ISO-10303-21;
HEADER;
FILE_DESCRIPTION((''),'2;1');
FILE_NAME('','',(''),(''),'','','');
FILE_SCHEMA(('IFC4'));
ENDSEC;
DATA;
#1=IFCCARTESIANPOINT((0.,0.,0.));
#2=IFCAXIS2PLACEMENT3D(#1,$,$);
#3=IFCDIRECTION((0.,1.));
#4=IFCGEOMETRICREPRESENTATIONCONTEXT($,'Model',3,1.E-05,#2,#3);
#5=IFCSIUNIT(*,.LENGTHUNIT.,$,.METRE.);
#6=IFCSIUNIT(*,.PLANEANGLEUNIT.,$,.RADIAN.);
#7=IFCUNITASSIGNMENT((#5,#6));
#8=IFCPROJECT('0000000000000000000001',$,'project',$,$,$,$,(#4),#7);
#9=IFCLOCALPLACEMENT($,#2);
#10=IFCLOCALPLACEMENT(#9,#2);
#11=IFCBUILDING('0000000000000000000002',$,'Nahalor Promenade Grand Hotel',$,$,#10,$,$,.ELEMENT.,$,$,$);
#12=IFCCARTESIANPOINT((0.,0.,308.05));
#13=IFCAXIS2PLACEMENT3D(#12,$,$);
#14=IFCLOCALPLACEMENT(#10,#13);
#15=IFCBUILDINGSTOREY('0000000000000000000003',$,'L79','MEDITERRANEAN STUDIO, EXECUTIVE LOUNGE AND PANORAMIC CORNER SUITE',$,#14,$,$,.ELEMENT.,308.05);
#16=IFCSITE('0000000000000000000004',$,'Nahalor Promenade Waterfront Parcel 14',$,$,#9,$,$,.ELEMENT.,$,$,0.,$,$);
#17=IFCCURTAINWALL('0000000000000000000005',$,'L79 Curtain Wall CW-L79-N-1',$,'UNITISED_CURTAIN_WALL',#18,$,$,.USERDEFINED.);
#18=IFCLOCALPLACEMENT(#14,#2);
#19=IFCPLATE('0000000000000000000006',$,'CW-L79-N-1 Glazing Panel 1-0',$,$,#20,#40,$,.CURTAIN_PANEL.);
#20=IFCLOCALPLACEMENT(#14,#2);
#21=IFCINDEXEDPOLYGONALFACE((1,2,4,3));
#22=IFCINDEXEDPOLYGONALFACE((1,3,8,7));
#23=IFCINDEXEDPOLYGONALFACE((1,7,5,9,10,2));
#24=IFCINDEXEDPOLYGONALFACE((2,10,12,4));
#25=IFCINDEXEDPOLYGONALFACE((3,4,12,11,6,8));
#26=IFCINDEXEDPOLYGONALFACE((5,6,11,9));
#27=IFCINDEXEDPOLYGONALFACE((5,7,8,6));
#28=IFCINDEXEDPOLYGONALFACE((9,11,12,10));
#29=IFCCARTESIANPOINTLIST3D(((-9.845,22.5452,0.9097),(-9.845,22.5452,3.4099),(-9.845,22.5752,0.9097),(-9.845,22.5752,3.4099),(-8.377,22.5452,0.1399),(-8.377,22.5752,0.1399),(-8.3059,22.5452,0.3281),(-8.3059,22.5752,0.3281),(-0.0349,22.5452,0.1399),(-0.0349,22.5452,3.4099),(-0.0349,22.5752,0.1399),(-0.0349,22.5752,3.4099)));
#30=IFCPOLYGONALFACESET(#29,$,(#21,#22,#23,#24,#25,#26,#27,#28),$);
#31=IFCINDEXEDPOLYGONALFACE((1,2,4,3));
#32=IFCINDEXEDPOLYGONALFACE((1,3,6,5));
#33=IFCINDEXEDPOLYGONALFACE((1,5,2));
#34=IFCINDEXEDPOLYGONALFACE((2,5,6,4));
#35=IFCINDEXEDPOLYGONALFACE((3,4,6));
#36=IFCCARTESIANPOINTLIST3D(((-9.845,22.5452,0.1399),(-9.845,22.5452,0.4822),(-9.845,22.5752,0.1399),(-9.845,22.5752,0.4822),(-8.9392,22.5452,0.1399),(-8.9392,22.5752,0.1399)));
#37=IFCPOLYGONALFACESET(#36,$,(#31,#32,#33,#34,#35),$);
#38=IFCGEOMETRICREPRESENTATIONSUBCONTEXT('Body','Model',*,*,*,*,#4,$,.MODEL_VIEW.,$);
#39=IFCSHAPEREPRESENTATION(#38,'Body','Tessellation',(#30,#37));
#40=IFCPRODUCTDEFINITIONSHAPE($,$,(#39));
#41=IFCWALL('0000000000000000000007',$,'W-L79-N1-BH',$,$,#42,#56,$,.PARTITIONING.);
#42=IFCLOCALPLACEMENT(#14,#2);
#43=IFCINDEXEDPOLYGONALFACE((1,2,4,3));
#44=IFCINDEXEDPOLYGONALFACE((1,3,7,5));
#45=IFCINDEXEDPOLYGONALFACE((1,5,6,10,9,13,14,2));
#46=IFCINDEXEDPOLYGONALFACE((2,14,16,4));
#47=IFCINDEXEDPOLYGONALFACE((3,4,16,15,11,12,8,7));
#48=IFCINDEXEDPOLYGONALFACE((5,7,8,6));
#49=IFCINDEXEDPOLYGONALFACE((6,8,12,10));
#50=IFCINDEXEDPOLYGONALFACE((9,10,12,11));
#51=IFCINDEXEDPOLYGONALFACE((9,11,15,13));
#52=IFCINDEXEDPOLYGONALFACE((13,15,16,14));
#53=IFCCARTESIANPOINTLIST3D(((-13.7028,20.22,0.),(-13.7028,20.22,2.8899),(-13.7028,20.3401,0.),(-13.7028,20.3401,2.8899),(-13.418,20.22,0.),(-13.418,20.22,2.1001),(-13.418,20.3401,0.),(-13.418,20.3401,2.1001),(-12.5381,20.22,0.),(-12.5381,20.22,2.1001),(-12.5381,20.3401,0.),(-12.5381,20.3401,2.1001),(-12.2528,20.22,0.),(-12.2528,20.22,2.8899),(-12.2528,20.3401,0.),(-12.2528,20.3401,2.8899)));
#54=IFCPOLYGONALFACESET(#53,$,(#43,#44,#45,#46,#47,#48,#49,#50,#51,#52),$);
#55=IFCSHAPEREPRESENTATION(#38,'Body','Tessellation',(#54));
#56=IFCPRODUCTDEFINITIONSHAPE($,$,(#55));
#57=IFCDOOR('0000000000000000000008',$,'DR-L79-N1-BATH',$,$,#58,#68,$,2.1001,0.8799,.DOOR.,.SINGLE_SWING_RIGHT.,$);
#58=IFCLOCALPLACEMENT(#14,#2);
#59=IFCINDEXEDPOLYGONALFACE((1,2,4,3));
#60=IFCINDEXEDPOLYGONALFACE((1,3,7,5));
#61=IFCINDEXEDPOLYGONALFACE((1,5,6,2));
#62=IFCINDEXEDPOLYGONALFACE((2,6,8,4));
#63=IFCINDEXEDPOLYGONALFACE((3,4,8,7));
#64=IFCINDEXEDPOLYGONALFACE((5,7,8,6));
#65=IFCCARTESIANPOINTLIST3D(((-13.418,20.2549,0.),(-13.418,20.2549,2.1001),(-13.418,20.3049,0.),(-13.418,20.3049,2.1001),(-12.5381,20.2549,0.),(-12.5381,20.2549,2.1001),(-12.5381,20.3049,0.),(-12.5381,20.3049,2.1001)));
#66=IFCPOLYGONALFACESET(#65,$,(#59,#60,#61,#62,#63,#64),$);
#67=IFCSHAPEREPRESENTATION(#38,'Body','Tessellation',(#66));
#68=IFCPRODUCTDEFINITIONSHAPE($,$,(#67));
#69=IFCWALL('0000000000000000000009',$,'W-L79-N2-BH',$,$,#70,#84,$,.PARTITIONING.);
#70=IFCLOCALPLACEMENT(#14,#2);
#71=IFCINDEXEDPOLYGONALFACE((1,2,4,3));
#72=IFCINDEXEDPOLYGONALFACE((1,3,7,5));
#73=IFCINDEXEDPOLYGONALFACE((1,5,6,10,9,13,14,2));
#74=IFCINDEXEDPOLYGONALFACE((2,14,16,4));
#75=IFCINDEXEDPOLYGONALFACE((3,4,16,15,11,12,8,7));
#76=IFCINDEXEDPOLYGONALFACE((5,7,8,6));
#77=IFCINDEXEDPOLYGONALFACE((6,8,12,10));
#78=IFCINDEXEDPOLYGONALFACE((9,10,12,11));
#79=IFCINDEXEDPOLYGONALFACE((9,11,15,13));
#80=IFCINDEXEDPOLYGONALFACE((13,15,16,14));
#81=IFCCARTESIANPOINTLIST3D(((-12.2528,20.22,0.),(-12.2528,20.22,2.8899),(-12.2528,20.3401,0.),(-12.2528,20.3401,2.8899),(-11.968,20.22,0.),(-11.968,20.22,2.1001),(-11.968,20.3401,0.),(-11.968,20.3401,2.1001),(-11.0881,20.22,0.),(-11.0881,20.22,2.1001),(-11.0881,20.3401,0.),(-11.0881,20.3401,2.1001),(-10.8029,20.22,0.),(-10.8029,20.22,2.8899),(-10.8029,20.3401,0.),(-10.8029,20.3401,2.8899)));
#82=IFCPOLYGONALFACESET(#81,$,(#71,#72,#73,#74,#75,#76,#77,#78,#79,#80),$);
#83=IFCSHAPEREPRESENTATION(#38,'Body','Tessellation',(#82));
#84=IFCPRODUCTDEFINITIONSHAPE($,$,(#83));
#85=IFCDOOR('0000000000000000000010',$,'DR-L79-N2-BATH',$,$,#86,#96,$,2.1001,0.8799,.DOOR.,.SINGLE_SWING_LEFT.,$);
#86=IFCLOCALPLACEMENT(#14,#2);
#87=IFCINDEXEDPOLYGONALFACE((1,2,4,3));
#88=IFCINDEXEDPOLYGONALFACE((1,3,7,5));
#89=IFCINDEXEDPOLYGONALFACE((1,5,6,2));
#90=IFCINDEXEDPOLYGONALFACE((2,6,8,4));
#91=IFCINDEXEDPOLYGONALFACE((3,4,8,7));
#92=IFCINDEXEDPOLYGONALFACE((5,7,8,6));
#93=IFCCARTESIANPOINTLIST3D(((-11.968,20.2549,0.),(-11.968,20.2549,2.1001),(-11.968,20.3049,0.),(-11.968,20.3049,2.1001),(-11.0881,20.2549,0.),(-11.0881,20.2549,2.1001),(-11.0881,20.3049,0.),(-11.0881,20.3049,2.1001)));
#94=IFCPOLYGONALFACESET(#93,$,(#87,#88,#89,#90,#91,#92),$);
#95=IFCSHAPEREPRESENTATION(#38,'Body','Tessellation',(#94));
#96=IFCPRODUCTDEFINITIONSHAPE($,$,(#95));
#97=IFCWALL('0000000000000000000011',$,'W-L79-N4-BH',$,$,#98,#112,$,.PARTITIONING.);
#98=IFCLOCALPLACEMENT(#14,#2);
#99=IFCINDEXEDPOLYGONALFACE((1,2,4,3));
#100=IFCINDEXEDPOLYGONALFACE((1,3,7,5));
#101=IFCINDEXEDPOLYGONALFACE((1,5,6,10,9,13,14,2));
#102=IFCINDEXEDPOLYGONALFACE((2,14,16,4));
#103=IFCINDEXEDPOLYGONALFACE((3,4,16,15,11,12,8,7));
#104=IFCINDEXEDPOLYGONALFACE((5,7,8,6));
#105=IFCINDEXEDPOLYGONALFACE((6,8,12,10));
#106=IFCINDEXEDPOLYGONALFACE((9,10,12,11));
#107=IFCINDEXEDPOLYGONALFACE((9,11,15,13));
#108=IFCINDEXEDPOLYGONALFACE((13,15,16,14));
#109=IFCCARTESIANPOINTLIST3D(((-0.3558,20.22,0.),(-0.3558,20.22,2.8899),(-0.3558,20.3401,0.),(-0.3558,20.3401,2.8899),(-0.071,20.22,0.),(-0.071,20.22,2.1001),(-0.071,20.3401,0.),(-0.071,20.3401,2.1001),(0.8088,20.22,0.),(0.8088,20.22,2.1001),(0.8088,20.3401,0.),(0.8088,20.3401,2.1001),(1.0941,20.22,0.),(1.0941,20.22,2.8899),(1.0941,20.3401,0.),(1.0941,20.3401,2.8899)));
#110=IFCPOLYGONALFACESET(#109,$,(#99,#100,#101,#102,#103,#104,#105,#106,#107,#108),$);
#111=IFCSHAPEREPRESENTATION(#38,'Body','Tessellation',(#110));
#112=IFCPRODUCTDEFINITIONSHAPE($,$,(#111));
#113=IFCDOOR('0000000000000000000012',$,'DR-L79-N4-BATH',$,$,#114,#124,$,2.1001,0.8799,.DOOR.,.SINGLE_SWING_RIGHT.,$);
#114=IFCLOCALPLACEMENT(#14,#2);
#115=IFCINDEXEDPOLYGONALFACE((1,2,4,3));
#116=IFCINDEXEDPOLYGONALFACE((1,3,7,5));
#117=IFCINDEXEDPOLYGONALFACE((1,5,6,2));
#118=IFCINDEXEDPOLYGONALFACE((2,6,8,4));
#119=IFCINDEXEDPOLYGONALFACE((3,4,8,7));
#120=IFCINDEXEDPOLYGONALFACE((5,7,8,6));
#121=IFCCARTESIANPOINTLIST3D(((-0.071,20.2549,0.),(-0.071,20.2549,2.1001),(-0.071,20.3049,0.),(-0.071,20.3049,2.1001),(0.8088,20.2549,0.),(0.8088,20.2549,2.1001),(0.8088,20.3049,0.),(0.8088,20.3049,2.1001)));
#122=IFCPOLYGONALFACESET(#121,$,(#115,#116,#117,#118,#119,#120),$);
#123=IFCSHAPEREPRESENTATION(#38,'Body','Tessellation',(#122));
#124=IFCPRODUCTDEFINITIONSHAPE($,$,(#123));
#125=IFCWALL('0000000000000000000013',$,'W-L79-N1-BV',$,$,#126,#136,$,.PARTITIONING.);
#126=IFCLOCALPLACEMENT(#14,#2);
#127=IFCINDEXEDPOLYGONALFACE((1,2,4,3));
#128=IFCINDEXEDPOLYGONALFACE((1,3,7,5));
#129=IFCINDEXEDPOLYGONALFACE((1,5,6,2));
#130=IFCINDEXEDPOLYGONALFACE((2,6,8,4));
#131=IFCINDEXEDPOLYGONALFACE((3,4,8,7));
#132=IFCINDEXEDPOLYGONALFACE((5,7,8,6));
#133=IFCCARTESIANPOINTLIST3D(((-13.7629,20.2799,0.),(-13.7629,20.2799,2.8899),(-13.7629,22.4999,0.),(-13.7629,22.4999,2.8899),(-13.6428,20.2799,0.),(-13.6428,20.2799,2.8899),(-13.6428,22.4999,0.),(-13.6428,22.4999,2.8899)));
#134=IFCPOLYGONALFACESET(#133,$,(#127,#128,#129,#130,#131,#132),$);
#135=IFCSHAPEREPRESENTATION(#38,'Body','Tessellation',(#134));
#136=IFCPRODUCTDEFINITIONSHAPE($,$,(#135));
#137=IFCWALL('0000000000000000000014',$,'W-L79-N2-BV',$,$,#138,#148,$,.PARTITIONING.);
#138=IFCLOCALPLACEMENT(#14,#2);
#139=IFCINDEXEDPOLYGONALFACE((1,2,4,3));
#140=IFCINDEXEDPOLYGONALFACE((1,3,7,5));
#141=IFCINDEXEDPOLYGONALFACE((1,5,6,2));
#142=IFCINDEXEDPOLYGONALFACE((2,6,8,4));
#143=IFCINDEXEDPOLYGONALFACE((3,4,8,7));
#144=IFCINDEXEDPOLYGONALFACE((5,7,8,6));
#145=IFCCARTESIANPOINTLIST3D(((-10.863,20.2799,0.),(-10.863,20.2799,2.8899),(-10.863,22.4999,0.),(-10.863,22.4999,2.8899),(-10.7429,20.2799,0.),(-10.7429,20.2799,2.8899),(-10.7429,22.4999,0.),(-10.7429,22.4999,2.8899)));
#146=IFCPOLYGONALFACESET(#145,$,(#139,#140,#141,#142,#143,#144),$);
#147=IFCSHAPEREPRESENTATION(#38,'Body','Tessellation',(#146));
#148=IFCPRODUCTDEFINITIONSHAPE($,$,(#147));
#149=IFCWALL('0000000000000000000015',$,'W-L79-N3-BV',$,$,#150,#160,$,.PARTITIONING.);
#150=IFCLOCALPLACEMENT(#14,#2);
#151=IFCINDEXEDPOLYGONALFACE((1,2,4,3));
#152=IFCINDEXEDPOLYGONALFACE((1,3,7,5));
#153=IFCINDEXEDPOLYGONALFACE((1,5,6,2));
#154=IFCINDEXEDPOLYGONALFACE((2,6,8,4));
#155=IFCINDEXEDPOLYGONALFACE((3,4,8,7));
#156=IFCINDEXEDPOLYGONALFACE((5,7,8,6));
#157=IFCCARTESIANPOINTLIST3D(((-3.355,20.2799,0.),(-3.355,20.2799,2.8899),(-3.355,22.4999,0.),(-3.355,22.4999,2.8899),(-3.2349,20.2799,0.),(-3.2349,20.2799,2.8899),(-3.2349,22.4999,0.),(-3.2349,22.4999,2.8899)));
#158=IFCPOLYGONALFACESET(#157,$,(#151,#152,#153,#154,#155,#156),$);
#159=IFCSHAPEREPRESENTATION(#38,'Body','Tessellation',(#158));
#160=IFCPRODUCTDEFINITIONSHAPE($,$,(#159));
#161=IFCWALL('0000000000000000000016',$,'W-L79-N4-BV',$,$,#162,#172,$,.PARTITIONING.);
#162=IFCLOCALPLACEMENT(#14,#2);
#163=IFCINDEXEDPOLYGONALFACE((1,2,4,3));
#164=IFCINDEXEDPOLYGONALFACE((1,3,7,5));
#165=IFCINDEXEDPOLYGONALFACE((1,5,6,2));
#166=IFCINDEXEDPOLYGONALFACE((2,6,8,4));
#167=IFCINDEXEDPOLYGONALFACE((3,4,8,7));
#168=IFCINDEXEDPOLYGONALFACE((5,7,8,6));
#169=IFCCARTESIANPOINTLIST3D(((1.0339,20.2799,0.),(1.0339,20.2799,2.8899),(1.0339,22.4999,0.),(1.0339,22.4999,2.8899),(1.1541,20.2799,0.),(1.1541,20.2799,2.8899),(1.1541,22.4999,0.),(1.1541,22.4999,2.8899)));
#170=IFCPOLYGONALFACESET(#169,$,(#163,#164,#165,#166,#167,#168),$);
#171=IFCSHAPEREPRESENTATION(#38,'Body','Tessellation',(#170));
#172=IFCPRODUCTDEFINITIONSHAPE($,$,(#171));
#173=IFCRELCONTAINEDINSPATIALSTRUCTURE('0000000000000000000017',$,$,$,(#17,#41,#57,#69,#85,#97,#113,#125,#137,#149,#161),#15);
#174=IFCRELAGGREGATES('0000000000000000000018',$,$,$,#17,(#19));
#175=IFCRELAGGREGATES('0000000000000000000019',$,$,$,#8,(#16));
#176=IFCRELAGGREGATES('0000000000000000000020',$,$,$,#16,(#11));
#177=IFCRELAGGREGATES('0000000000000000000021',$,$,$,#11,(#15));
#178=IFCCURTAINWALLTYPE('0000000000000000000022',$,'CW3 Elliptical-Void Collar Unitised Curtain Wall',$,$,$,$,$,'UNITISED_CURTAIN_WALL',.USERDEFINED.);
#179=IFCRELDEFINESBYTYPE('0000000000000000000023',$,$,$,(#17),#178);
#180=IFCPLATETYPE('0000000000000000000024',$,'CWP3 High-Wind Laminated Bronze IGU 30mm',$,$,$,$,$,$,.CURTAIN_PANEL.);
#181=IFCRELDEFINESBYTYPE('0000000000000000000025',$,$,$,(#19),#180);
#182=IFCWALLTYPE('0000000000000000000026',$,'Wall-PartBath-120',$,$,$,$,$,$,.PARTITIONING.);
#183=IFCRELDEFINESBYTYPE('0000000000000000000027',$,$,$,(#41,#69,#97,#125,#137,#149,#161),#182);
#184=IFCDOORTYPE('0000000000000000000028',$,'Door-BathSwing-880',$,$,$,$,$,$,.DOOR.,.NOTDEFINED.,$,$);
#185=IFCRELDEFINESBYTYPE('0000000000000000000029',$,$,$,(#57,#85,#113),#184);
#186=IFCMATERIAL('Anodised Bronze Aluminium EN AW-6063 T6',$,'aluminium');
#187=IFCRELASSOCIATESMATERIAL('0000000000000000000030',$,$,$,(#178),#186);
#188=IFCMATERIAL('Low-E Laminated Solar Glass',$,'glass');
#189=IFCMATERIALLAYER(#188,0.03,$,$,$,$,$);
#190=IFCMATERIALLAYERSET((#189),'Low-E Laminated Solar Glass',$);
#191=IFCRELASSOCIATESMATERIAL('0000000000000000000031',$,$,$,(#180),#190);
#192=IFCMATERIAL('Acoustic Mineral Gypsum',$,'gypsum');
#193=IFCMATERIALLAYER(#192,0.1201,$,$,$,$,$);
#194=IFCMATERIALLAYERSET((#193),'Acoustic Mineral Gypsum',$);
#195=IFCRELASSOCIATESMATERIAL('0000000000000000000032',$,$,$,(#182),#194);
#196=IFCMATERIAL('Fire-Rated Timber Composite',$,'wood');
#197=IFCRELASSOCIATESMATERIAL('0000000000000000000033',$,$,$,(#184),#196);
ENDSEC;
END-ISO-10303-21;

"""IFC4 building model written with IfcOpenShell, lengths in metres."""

from ifc_helpers import new_model, si_unit, direction, frame, frame_2d, origin, place, context, subcontext, project, spatial, polyline, rectangle, outline, extrude, source, transform, mapped, material, layer, layer_set, type_object, element, fill, aggregate, save


model = new_model("IFC4")

# Units and contexts
model_context = context("Model", 3, precision=1e-05, world=origin(), true_north=direction((0.0, 1.0)))
body_context = subcontext(model_context, "Body", "Model", "MODEL_VIEW")
ifc_project = project(units=[si_unit("LENGTHUNIT", "METRE"), si_unit("PLANEANGLEUNIT", "RADIAN")], contexts=[model_context])

# Site, building, storey
site_placement = place(None, origin())
site = spatial("IfcSite", under=ifc_project, at=site_placement, Name="Nahalor Promenade Waterfront Parcel 14", CompositionType="ELEMENT", RefElevation=0.0)
building_placement = place(site_placement, origin())
building = spatial("IfcBuilding", under=site, at=building_placement, Name="Nahalor Promenade Grand Hotel", CompositionType="ELEMENT")
storey_placement = place(building_placement, frame((0.0, 0.0, 308.05)))
storey = spatial("IfcBuildingStorey", under=building, at=storey_placement, Name="L79", Description="MEDITERRANEAN STUDIO, EXECUTIVE LOUNGE AND PANORAMIC CORNER SUITE", CompositionType="ELEMENT", Elevation=308.05)

# Curtain wall, plate
ifc_material_1 = material(Name="Anodised Bronze Aluminium EN AW-6063 T6", Category="aluminium")
curtain_wall_type = type_object("IfcCurtainWallType", Name="CW3 Elliptical-Void Collar Unitised Curtain Wall", ElementType="UNITISED_CURTAIN_WALL", PredefinedType="USERDEFINED", material=ifc_material_1)
curtain_wall_placement = place(storey_placement, origin())
curtain_wall = element("IfcCurtainWall", 1, at=curtain_wall_placement, inside=storey, type_object=curtain_wall_type, Name="L79 Curtain Wall CW-L79-N-1", ObjectType="UNITISED_CURTAIN_WALL", PredefinedType="USERDEFINED")
ifc_material_2 = material(Name="Low-E Laminated Solar Glass", Category="glass")
ifc_layer_1 = layer(ifc_material_2, 0.03)
ifc_layer_set_1 = layer_set([ifc_layer_1], Name="Low-E Laminated Solar Glass")
plate_type = type_object("IfcPlateType", Name="CWP3 High-Wind Laminated Bronze IGU 30mm", PredefinedType="CURTAIN_PANEL", material=ifc_layer_set_1)
plate_placement = place(storey_placement, frame((-4.9399, 22.5601, 0.1399), z_axis=(0.0, 0.0, 1.0), x_axis=(1.0, 0.0, 0.0)))
plate = element("IfcPlate", 2, at=plate_placement, type_object=plate_type, Name="CW-L79-N-1 Glazing Panel 1-0", PredefinedType="CURTAIN_PANEL", context=body_context, shape_type="SweptSolid", body=[
    extrude(outline(polyline([(4.905, 3.27), (-4.905, 3.27), (-4.905, 0.7698), (-3.366, 0.1882), (-3.437, 0.0), (4.905, 0.0), (4.905, 3.27)])), frame((0.0, 0.0151, 0.0), z_axis=(0.0, -1.0, 0.0), x_axis=(1.0, 0.0, 0.0)), (0.0, 0.0, 1.0), 0.03),
    extrude(outline(polyline([(-4.905, 0.3423), (-4.905, 0.0), (-3.9993, 0.0), (-4.905, 0.3423)])), frame((0.0, 0.0151, 0.0), z_axis=(0.0, -1.0, 0.0), x_axis=(1.0, 0.0, 0.0)), (0.0, 0.0, 1.0), 0.03),
])
aggregate(curtain_wall, [plate])

# Walls, openings, doors
ifc_material_3 = material(Name="Acoustic Mineral Gypsum", Category="gypsum")
ifc_layer_2 = layer(ifc_material_3, 0.1201)
ifc_layer_set_2 = layer_set([ifc_layer_2], Name="Acoustic Mineral Gypsum")
wall_type = type_object("IfcWallType", Name="Wall-PartBath-120", PredefinedType="PARTITIONING", material=ifc_layer_set_2)
shared_shape_1 = source(origin(), body_context, "Body", "SweptSolid", [
    extrude(rectangle(XDim=1.45, YDim=0.1201, at=frame_2d((0.7251, 0.0))), origin(), (0.0, 0.0, 1.0), 2.8899),
])
wall_1_placement = place(storey_placement, frame((-13.7029, 20.28, 0.0), z_axis=(0.0, 0.0, 1.0), x_axis=(1.0, 0.0, 0.0)))
wall_1 = element("IfcWall", 3, at=wall_1_placement, inside=storey, type_object=wall_type, Name="W-L79-N1-BH", PredefinedType="PARTITIONING", context=body_context, shape_type="MappedRepresentation", body=[
    mapped(shared_shape_1, transform((0.0, 0.0, 0.0), scale=1.0)),
])
opening_1_placement = place(wall_1_placement, frame((0.2849, 0.0, 0.0)))
opening_1 = element("IfcOpeningElement", 4, at=opening_1_placement, cuts=wall_1, PredefinedType="OPENING", context=body_context, shape_type="SweptSolid", body=[
    extrude(rectangle(XDim=0.8799, YDim=2.1001, at=frame_2d((0.4399, 1.05))), frame((0.0, 0.0701, 0.0), z_axis=(0.0, -1.0, 0.0), x_axis=(1.0, 0.0, 0.0)), (0.0, 0.0, 1.0), 0.1401),
])
ifc_material_4 = material(Name="Fire-Rated Timber Composite", Category="wood")
door_type = type_object("IfcDoorType", Name="Door-BathSwing-880", OperationType="NOTDEFINED", PredefinedType="DOOR", material=ifc_material_4)
shared_shape_2 = source(origin(), body_context, "Body", "SweptSolid", [
    extrude(rectangle(XDim=0.8799, YDim=2.1001, at=frame_2d((0.4399, 1.05))), frame((0.0, 0.0249, 0.0), z_axis=(0.0, -1.0, 0.0), x_axis=(1.0, 0.0, 0.0)), (0.0, 0.0, 1.0), 0.05),
])
door_1_placement = place(opening_1_placement, origin())
door_1 = element("IfcDoor", 5, at=door_1_placement, inside=storey, type_object=door_type, Name="DR-L79-N1-BATH", OperationType="SINGLE_SWING_RIGHT", OverallHeight=2.1001, OverallWidth=0.8799, PredefinedType="DOOR", context=body_context, shape_type="MappedRepresentation", body=[
    mapped(shared_shape_2, transform((0.0, 0.0, 0.0), scale=1.0)),
])
fill(opening_1, door_1)
wall_2_placement = place(storey_placement, frame((-12.2529, 20.28, 0.0), z_axis=(0.0, 0.0, 1.0), x_axis=(1.0, 0.0, 0.0)))
wall_2 = element("IfcWall", 6, at=wall_2_placement, inside=storey, type_object=wall_type, Name="W-L79-N2-BH", PredefinedType="PARTITIONING", context=body_context, shape_type="MappedRepresentation", body=[
    mapped(shared_shape_1, transform((0.0, 0.0, 0.0), scale=1.0)),
])
opening_2_placement = place(wall_2_placement, frame((0.2849, 0.0, 0.0)))
opening_2 = element("IfcOpeningElement", 7, at=opening_2_placement, cuts=wall_2, PredefinedType="OPENING", context=body_context, shape_type="SweptSolid", body=[
    extrude(rectangle(XDim=0.8799, YDim=2.1001, at=frame_2d((0.4399, 1.05))), frame((0.0, 0.0701, 0.0), z_axis=(0.0, -1.0, 0.0), x_axis=(1.0, 0.0, 0.0)), (0.0, 0.0, 1.0), 0.1401),
])
door_2_placement = place(opening_2_placement, origin())
door_2 = element("IfcDoor", 8, at=door_2_placement, inside=storey, type_object=door_type, Name="DR-L79-N2-BATH", OperationType="SINGLE_SWING_LEFT", OverallHeight=2.1001, OverallWidth=0.8799, PredefinedType="DOOR", context=body_context, shape_type="MappedRepresentation", body=[
    mapped(shared_shape_2, transform((0.0, 0.0, 0.0), scale=1.0)),
])
fill(opening_2, door_2)
wall_3_placement = place(storey_placement, frame((-0.356, 20.28, 0.0), z_axis=(0.0, 0.0, 1.0), x_axis=(1.0, 0.0, 0.0)))
wall_3 = element("IfcWall", 9, at=wall_3_placement, inside=storey, type_object=wall_type, Name="W-L79-N4-BH", PredefinedType="PARTITIONING", context=body_context, shape_type="MappedRepresentation", body=[
    mapped(shared_shape_1, transform((0.0, 0.0, 0.0), scale=1.0)),
])
opening_3_placement = place(wall_3_placement, frame((0.2849, 0.0, 0.0)))
opening_3 = element("IfcOpeningElement", 10, at=opening_3_placement, cuts=wall_3, PredefinedType="OPENING", context=body_context, shape_type="SweptSolid", body=[
    extrude(rectangle(XDim=0.8799, YDim=2.1001, at=frame_2d((0.4399, 1.05))), frame((0.0, 0.0701, 0.0), z_axis=(0.0, -1.0, 0.0), x_axis=(1.0, 0.0, 0.0)), (0.0, 0.0, 1.0), 0.1401),
])
door_3_placement = place(opening_3_placement, origin())
door_3 = element("IfcDoor", 11, at=door_3_placement, inside=storey, type_object=door_type, Name="DR-L79-N4-BATH", OperationType="SINGLE_SWING_RIGHT", OverallHeight=2.1001, OverallWidth=0.8799, PredefinedType="DOOR", context=body_context, shape_type="MappedRepresentation", body=[
    mapped(shared_shape_2, transform((0.0, 0.0, 0.0), scale=1.0)),
])
fill(opening_3, door_3)

# Walls
shared_shape_3 = source(origin(), body_context, "Body", "SweptSolid", [
    extrude(rectangle(XDim=2.22, YDim=0.1201, at=frame_2d((1.1099, 0.0))), origin(), (0.0, 0.0, 1.0), 2.8899),
])
for number, where, z_axis, x_axis, name in (
    (12, (-13.7029, 20.28, 0.0), (0.0, 0.0, 1.0), (0.0, 1.0, 0.0), "W-L79-N1-BV"),
    (13, (-10.803, 20.28, 0.0), (0.0, 0.0, 1.0), (0.0, 1.0, 0.0), "W-L79-N2-BV"),
    (14, (-3.2949, 20.28, 0.0), (0.0, 0.0, 1.0), (0.0, 1.0, 0.0), "W-L79-N3-BV"),
    (15, (1.094, 20.28, 0.0), (0.0, 0.0, 1.0), (0.0, 1.0, 0.0), "W-L79-N4-BV"),
):
    element("IfcWall", number, at=place(storey_placement, frame(where, z_axis=z_axis, x_axis=x_axis)), inside=storey, type_object=wall_type, Name=name, PredefinedType="PARTITIONING", context=body_context, shape_type="MappedRepresentation", body=[
        mapped(shared_shape_3, transform((0.0, 0.0, 0.0), scale=1.0)),
    ])

save(model, "model.ifc")
